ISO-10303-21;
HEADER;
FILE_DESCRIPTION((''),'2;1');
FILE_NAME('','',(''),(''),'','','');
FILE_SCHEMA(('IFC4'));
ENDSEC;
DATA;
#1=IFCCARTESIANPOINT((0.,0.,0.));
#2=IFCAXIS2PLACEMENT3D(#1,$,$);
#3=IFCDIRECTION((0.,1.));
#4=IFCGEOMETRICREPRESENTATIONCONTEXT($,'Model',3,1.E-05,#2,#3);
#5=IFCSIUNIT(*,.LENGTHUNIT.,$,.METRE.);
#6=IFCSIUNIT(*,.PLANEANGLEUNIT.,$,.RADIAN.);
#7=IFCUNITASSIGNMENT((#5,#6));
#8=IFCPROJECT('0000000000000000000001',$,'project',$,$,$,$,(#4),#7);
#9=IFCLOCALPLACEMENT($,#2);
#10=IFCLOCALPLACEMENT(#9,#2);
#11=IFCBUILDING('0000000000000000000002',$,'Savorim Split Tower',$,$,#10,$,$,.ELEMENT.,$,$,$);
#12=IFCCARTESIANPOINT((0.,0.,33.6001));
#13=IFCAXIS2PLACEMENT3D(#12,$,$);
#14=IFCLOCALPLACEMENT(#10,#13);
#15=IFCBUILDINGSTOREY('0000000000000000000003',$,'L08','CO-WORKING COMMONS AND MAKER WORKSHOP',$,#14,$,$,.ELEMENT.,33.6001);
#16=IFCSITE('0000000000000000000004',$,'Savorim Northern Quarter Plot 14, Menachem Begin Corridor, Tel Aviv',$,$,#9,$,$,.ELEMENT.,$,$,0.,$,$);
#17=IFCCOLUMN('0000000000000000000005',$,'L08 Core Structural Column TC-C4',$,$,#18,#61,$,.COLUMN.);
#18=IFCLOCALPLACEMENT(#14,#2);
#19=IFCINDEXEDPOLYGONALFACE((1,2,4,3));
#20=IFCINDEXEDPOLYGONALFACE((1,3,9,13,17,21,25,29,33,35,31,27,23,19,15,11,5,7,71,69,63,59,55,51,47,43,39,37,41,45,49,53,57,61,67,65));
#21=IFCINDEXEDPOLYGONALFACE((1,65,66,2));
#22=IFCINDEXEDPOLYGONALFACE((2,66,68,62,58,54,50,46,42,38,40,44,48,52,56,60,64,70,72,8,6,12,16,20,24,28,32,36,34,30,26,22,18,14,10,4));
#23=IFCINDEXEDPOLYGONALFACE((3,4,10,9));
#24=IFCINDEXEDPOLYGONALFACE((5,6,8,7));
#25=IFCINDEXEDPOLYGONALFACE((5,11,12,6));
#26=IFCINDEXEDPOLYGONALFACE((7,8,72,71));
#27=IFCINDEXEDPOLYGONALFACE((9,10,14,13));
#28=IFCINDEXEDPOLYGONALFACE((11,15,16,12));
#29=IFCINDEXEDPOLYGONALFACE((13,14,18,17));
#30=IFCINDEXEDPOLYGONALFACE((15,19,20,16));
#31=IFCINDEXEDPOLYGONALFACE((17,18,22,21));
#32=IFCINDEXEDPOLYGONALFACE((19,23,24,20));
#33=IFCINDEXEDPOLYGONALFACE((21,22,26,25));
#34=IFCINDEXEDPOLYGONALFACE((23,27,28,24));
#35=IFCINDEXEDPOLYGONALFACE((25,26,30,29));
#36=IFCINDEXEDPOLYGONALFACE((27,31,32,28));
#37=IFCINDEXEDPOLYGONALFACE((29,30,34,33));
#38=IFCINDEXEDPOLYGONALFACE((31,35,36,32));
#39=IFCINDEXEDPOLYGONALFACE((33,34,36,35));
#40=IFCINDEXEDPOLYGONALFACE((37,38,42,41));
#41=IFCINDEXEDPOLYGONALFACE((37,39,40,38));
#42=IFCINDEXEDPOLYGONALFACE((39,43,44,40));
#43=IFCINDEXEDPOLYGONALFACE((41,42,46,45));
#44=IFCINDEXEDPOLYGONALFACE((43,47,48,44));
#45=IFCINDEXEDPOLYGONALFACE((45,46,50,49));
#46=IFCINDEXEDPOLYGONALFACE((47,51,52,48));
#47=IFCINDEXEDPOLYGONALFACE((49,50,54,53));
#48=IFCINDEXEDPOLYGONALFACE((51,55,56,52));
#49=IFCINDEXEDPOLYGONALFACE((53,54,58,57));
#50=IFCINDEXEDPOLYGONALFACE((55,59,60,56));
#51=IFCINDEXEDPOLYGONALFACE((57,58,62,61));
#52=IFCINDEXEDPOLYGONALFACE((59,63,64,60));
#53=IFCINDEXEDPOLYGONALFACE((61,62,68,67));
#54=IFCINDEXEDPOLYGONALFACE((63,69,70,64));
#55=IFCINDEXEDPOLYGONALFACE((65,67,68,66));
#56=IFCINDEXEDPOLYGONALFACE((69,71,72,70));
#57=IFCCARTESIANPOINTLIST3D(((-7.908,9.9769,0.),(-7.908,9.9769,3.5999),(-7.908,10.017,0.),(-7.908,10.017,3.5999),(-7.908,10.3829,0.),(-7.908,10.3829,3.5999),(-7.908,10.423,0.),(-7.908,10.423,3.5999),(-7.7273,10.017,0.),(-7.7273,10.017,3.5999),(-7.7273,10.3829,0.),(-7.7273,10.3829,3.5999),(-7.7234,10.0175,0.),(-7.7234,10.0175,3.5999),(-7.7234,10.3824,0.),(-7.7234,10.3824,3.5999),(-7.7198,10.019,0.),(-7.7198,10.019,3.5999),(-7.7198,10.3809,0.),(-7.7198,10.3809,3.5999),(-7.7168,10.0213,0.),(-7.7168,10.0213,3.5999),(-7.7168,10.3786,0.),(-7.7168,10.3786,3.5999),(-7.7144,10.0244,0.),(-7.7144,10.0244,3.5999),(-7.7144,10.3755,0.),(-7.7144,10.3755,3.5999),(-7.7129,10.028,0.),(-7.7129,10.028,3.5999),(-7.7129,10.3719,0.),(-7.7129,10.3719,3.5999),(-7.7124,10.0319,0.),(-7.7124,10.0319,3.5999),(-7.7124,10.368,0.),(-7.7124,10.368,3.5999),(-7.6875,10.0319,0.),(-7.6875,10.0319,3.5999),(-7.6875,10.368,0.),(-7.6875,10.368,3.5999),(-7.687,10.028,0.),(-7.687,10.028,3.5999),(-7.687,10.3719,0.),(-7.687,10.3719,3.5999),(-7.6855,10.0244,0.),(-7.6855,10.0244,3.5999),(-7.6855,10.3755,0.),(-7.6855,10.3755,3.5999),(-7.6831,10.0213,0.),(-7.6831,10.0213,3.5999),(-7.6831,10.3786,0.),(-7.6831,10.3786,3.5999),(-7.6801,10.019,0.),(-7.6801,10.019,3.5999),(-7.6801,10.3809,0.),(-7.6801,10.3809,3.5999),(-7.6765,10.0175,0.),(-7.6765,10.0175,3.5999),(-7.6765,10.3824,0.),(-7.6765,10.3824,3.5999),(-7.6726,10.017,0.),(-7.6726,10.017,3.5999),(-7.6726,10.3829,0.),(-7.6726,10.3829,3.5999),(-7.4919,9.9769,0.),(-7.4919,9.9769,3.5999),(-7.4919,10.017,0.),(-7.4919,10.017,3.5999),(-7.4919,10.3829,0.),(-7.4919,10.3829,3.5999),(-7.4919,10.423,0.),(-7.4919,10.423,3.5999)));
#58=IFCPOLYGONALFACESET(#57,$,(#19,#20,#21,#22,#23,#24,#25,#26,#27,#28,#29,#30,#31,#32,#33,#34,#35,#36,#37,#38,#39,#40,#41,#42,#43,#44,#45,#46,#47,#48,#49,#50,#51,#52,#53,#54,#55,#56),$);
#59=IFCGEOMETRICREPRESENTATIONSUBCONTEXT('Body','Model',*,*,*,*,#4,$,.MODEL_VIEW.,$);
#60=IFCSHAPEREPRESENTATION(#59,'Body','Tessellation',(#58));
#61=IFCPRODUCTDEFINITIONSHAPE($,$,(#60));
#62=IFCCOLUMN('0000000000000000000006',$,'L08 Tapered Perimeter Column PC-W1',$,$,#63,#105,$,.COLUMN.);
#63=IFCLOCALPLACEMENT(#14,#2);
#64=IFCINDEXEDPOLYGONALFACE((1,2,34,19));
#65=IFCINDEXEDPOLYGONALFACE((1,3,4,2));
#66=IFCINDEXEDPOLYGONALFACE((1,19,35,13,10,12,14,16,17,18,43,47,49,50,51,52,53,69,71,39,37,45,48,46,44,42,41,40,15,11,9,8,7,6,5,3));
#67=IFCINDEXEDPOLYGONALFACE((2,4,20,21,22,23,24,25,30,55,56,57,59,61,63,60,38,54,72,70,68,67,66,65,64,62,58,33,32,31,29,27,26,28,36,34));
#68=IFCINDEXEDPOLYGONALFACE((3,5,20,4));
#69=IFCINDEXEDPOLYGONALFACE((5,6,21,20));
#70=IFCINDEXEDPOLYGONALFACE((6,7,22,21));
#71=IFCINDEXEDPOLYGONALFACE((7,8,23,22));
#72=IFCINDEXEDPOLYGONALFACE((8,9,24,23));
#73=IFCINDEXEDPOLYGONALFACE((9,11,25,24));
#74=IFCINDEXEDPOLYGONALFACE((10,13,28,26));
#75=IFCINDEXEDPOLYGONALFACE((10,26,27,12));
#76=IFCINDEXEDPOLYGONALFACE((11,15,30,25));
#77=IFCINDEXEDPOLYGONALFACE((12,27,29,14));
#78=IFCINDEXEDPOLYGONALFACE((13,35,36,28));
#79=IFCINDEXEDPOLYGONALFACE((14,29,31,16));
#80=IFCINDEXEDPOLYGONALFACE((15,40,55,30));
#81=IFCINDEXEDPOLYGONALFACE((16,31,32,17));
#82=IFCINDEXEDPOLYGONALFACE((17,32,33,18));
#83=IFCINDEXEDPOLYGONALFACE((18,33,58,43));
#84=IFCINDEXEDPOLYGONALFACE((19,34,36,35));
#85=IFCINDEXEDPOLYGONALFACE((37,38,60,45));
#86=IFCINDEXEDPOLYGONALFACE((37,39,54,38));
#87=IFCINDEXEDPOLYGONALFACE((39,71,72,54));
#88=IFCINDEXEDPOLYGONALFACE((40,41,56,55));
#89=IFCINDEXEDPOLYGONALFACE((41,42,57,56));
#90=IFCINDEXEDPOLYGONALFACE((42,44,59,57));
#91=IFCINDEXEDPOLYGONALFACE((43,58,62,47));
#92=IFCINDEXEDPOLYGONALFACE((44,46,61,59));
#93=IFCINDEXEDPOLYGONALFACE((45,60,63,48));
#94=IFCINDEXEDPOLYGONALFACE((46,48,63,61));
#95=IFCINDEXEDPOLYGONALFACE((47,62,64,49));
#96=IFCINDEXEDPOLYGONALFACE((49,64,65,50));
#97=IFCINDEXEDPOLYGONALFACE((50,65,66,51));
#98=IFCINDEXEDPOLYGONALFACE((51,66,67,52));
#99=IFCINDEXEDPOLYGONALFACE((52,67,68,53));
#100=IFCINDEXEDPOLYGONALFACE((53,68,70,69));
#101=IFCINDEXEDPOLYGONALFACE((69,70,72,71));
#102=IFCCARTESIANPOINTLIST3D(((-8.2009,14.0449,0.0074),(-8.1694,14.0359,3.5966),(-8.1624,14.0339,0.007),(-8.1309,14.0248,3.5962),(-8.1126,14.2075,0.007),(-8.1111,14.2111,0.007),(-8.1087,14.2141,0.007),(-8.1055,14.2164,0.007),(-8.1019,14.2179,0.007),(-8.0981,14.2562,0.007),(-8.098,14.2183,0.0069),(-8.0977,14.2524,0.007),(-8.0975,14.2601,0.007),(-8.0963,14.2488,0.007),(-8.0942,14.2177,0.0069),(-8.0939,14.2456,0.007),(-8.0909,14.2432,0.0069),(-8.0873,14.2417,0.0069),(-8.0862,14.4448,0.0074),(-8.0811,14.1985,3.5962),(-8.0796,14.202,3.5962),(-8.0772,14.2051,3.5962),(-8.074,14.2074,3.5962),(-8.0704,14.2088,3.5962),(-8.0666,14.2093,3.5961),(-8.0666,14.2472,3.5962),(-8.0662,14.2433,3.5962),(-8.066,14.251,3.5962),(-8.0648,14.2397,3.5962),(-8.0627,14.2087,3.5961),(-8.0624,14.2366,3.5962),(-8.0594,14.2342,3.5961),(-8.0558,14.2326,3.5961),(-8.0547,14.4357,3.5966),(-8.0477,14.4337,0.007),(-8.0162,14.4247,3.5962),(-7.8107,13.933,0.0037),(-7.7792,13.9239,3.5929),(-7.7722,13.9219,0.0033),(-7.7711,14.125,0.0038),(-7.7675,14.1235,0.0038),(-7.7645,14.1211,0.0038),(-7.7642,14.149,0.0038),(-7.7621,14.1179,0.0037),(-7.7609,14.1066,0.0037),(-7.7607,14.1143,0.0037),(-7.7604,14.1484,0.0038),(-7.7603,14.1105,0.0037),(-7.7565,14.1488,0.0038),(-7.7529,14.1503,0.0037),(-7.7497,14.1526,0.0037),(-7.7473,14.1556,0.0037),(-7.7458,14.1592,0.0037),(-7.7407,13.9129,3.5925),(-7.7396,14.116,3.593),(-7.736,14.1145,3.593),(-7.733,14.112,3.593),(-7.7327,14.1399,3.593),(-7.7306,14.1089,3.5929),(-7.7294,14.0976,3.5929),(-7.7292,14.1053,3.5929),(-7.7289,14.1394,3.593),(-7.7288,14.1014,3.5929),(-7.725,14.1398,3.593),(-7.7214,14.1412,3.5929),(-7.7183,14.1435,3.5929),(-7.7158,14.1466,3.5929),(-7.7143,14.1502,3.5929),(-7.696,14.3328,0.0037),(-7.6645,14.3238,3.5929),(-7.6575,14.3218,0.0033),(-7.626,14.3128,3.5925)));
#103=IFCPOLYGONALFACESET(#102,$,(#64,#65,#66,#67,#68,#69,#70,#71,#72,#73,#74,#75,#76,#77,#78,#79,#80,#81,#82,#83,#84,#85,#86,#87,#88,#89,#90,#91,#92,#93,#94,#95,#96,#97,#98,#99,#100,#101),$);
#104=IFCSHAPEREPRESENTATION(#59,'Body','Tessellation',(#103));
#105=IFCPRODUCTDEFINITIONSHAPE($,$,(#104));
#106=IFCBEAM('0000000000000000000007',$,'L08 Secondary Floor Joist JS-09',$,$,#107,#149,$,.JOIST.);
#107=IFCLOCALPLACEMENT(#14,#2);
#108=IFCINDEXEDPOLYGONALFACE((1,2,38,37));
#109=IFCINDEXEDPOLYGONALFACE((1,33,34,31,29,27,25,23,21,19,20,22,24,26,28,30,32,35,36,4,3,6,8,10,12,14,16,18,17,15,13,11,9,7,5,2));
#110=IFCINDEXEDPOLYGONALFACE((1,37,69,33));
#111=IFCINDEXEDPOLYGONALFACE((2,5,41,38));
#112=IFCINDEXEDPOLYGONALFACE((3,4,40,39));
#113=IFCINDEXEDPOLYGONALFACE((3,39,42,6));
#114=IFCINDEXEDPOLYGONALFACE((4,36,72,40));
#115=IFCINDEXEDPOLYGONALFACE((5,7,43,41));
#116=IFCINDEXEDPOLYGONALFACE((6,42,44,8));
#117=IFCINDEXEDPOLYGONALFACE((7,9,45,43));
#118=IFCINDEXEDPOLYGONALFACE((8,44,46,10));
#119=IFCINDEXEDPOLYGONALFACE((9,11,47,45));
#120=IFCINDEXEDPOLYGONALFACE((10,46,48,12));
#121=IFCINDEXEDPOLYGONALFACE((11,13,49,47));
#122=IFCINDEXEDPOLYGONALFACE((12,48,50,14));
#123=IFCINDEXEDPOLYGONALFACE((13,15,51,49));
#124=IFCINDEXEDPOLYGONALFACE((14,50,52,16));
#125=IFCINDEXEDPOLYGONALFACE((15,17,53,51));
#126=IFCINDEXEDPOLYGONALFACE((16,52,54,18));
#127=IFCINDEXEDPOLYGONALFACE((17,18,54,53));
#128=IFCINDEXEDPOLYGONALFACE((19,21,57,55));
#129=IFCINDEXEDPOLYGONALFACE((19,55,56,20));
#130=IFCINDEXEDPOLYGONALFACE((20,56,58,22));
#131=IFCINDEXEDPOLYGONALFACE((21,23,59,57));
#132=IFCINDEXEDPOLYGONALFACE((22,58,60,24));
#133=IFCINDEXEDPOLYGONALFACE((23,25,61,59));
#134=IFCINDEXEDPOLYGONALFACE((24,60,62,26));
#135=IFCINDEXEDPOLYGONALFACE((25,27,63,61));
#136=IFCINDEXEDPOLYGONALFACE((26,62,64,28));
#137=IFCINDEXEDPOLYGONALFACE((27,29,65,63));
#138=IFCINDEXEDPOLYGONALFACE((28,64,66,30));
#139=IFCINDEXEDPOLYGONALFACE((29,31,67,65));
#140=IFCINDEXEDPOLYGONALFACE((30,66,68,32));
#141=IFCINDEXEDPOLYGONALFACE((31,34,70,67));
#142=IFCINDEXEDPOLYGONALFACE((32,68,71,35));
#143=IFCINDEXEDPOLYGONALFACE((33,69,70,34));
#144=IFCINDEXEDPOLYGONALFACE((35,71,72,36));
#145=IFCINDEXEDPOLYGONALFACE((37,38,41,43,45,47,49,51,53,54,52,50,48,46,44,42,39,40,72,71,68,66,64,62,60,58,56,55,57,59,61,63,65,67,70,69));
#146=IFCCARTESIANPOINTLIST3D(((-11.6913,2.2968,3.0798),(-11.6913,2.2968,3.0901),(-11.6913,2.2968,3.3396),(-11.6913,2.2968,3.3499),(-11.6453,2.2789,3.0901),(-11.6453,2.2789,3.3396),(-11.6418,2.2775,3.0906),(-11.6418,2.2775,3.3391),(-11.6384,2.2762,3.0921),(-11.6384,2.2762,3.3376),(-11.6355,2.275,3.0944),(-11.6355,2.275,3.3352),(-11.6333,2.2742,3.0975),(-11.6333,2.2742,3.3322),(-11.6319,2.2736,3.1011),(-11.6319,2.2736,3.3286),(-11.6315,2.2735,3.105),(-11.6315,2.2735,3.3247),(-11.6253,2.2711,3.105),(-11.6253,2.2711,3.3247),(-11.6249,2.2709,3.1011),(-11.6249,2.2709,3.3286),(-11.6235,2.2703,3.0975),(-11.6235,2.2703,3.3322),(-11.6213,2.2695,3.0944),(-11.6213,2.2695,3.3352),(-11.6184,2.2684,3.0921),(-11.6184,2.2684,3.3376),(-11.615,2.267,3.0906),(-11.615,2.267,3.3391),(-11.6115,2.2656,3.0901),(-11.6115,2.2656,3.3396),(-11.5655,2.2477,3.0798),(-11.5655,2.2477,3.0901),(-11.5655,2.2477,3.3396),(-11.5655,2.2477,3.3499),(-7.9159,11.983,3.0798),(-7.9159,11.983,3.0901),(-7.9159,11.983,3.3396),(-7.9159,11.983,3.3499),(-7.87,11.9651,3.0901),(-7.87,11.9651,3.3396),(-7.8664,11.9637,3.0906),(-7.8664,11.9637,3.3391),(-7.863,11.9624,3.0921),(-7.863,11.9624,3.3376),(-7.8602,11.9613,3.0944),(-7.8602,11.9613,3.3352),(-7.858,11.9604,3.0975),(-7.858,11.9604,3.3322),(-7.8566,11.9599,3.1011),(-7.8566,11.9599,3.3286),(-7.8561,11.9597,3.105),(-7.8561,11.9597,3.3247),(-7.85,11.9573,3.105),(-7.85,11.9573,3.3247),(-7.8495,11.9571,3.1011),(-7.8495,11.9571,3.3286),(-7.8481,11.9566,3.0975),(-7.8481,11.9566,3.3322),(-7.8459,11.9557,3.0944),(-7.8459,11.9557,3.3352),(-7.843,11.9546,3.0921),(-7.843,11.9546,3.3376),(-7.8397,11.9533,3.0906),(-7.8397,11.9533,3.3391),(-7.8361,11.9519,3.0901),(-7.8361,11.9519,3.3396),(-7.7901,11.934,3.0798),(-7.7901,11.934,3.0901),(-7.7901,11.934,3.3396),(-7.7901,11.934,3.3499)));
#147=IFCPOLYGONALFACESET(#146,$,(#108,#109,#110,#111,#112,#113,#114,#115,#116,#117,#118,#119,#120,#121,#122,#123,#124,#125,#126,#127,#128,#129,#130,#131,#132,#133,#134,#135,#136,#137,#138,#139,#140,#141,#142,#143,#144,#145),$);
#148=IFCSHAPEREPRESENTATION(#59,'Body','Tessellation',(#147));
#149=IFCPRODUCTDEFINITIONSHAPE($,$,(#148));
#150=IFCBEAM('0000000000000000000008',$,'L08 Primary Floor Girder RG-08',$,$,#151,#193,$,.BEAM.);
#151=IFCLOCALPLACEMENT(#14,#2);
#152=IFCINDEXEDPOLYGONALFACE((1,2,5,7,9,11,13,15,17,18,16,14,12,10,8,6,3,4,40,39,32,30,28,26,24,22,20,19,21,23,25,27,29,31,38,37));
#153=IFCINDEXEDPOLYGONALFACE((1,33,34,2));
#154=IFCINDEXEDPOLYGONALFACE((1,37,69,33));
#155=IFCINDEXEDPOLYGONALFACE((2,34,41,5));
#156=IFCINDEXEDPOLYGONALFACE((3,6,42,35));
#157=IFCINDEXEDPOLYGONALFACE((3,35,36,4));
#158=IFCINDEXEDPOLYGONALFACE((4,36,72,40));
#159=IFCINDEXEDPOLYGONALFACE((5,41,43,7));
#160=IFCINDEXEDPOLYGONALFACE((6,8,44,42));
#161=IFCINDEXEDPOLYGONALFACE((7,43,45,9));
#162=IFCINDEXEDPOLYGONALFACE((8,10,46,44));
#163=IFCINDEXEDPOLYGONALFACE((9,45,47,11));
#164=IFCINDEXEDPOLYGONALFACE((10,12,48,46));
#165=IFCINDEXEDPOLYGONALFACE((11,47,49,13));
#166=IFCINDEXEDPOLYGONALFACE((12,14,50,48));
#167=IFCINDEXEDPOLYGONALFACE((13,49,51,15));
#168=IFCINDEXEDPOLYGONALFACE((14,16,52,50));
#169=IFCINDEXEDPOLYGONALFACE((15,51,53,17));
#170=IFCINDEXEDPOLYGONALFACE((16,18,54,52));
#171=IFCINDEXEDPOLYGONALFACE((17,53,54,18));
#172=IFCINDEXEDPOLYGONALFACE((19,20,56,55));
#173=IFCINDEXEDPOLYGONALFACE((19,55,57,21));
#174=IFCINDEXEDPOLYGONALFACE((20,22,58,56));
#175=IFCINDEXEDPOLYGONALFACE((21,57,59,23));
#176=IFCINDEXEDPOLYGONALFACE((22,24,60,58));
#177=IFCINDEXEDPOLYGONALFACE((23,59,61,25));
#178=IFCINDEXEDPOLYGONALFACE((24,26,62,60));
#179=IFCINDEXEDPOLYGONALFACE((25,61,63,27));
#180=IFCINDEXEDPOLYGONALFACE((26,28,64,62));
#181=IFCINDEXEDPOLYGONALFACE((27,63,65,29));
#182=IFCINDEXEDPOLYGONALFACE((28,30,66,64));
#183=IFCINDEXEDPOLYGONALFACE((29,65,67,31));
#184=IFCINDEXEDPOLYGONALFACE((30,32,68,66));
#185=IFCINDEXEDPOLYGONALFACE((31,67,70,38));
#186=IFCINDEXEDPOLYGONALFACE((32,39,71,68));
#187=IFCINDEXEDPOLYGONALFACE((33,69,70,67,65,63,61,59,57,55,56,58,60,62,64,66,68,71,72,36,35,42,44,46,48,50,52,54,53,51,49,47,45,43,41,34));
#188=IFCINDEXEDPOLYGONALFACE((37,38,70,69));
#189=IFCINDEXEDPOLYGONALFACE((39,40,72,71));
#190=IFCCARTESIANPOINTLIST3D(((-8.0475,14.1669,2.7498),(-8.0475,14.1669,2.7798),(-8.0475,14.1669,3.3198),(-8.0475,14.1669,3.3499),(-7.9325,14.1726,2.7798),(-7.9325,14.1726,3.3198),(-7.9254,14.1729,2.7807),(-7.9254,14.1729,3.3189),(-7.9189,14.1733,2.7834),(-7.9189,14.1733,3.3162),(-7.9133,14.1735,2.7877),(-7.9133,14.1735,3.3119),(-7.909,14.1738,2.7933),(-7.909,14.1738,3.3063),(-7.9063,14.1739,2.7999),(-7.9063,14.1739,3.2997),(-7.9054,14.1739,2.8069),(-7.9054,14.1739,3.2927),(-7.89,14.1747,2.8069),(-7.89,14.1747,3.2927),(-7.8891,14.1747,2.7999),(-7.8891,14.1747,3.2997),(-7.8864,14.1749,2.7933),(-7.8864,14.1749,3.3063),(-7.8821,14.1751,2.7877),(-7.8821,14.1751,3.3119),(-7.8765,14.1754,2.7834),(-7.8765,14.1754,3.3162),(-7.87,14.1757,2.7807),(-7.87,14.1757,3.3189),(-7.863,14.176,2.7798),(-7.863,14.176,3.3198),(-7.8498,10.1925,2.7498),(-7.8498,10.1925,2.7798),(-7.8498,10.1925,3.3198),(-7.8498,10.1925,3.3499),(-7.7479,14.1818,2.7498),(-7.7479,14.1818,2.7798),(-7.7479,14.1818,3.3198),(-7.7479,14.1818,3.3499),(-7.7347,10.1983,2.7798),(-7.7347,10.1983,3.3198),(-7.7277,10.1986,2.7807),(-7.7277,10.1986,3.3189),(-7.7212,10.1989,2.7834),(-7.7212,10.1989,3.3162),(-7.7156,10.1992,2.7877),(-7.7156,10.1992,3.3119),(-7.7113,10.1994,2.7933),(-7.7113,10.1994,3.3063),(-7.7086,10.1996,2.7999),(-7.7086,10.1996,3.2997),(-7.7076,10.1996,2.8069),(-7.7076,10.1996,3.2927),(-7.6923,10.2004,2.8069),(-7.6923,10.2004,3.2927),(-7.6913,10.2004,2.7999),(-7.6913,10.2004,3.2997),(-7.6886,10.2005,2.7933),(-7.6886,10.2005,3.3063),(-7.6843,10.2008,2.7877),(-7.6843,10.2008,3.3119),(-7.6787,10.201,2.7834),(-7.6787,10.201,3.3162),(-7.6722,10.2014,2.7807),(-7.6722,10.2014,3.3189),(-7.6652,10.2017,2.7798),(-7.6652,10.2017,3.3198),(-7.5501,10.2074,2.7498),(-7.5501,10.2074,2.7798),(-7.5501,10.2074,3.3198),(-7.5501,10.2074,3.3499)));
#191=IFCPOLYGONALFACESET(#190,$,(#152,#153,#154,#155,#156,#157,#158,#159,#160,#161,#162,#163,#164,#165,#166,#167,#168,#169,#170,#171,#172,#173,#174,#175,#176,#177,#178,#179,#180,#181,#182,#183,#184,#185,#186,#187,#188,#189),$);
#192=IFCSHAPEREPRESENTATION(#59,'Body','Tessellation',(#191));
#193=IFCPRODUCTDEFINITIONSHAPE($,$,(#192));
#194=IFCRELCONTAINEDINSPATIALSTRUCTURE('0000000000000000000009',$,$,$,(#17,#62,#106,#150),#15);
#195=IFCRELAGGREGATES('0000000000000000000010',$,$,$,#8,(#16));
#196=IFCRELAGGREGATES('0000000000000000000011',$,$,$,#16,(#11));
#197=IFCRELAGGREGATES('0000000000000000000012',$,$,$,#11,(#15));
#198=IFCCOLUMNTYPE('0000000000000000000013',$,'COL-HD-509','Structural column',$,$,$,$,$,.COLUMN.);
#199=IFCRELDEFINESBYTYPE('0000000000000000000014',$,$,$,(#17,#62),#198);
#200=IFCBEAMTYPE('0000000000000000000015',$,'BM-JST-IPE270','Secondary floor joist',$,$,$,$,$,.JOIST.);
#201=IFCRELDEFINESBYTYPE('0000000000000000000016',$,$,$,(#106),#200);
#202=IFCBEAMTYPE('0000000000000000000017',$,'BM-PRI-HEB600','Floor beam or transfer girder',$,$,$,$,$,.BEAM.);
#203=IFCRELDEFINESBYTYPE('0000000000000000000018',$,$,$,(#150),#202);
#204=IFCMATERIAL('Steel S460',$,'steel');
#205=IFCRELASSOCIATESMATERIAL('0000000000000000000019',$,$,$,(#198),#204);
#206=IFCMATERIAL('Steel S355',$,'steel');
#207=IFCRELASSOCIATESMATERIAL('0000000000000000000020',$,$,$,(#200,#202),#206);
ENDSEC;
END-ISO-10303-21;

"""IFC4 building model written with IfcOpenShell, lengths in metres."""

from ifc_helpers import new_model, si_unit, direction, frame, origin, origin_2d, place, context, subcontext, project, spatial, i_section, extrude, material, material_profile, profile_set, type_object, element, save


model = new_model("IFC4")

# Units and contexts
model_context = context("Model", 3, precision=1e-05, world=origin(), true_north=direction((0.0, 1.0)))
body_context = subcontext(model_context, "Body", "Model", "MODEL_VIEW")
ifc_project = project(units=[si_unit("LENGTHUNIT", "METRE"), si_unit("PLANEANGLEUNIT", "RADIAN")], contexts=[model_context])

# Site, building, storey
site_placement = place(None, origin())
site = spatial("IfcSite", under=ifc_project, at=site_placement, Name="Savorim Northern Quarter Plot 14, Menachem Begin Corridor, Tel Aviv", CompositionType="ELEMENT", RefElevation=0.0)
building_placement = place(site_placement, origin())
building = spatial("IfcBuilding", under=site, at=building_placement, Name="Savorim Split Tower", CompositionType="ELEMENT")
storey_placement = place(building_placement, frame((0.0, 0.0, 33.6001)))
storey = spatial("IfcBuildingStorey", under=building, at=storey_placement, Name="L08", Description="CO-WORKING COMMONS AND MAKER WORKSHOP", CompositionType="ELEMENT", Elevation=33.6001)

# Columns
ifc_material_1 = material(Name="Steel S460", Category="steel")
ifc_material_profile_1 = material_profile(ifc_material_1, i_section(OverallWidth=0.416, OverallDepth=0.446, WebThickness=0.0249, FlangeThickness=0.04, FilletRadius=0.0149, at=origin_2d()), Name="HD 400x509")
ifc_profile_set_1 = profile_set([ifc_material_profile_1], Name="Steel S460")
column_type = type_object("IfcColumnType", Name="COL-HD-509", Description="Structural column", PredefinedType="COLUMN", material=ifc_profile_set_1)
column_1_placement = place(storey_placement, frame((-7.7, 10.2, 0.0), z_axis=(0.0, 0.0, 1.0), x_axis=(1.0, 0.0, 0.0)))
element("IfcColumn", 1, at=column_1_placement, inside=storey, type_object=column_type, Name="L08 Core Structural Column TC-C4", PredefinedType="COLUMN", context=body_context, shape_type="SweptSolid", body=[
    extrude(i_section(OverallWidth=0.416, OverallDepth=0.446, WebThickness=0.0249, FlangeThickness=0.04, FilletRadius=0.0149, at=origin_2d()), origin(), (0.0, 0.0, 1.0), 3.5999),
])
column_2_placement = place(storey_placement, frame((-7.9292, 14.1833, 0.0054), z_axis=(0.008775, -0.002517, 0.999958), x_axis=(0.275705, 0.961242, 0.0)))
element("IfcColumn", 2, at=column_2_placement, inside=storey, type_object=column_type, Name="L08 Tapered Perimeter Column PC-W1", PredefinedType="COLUMN", context=body_context, shape_type="SweptSolid", body=[
    extrude(i_section(OverallWidth=0.416, OverallDepth=0.446, WebThickness=0.0249, FlangeThickness=0.04, FilletRadius=0.0149, at=origin_2d()), origin(), (0.0, 0.0, 1.0), 3.5894),
])

# Beams
ifc_material_2 = material(Name="Steel S355", Category="steel")
ifc_material_profile_2 = material_profile(ifc_material_2, i_section(OverallWidth=0.135, OverallDepth=0.27, WebThickness=0.0066, FlangeThickness=0.0103, FilletRadius=0.0149, at=origin_2d()), Name="IPE 270")
ifc_profile_set_2 = profile_set([ifc_material_profile_2], Name="Steel S355")
beam_type_1 = type_object("IfcBeamType", Name="BM-JST-IPE270", Description="Secondary floor joist", PredefinedType="JOIST", material=ifc_profile_set_2)
beam_1_placement = place(storey_placement, frame((-7.853, 11.9585, 3.2148), z_axis=(-0.363157, -0.931728, 0.0), x_axis=(0.931728, -0.363157, 0.0)))
element("IfcBeam", 3, at=beam_1_placement, inside=storey, type_object=beam_type_1, Name="L08 Secondary Floor Joist JS-09", PredefinedType="JOIST", context=body_context, shape_type="SweptSolid", body=[
    extrude(i_section(OverallWidth=0.135, OverallDepth=0.27, WebThickness=0.0066, FlangeThickness=0.0103, FilletRadius=0.0149, at=origin_2d()), origin(), (0.0, 0.0, 1.0), 10.396),
])
ifc_material_profile_3 = material_profile(ifc_material_2, i_section(OverallWidth=0.3, OverallDepth=0.6001, WebThickness=0.0154, FlangeThickness=0.03, FilletRadius=0.0271, at=origin_2d()), Name="HEB 600")
ifc_profile_set_3 = profile_set([ifc_material_profile_3], Name="Steel S355")
beam_type_2 = type_object("IfcBeamType", Name="BM-PRI-HEB600", Description="Floor beam or transfer girder", PredefinedType="BEAM", material=ifc_profile_set_3)
beam_2_placement = place(storey_placement, frame((-7.8977, 14.1743, 3.0498), z_axis=(0.049696, -0.998764, 0.0), x_axis=(0.998764, 0.049696, 0.0)))
element("IfcBeam", 4, at=beam_2_placement, inside=storey, type_object=beam_type_2, Name="L08 Primary Floor Girder RG-08", PredefinedType="BEAM", context=body_context, shape_type="SweptSolid", body=[
    extrude(i_section(OverallWidth=0.3, OverallDepth=0.6001, WebThickness=0.0154, FlangeThickness=0.03, FilletRadius=0.0271, at=origin_2d()), origin(), (0.0, 0.0, 1.0), 3.9792),
])

save(model, "model.ifc")
